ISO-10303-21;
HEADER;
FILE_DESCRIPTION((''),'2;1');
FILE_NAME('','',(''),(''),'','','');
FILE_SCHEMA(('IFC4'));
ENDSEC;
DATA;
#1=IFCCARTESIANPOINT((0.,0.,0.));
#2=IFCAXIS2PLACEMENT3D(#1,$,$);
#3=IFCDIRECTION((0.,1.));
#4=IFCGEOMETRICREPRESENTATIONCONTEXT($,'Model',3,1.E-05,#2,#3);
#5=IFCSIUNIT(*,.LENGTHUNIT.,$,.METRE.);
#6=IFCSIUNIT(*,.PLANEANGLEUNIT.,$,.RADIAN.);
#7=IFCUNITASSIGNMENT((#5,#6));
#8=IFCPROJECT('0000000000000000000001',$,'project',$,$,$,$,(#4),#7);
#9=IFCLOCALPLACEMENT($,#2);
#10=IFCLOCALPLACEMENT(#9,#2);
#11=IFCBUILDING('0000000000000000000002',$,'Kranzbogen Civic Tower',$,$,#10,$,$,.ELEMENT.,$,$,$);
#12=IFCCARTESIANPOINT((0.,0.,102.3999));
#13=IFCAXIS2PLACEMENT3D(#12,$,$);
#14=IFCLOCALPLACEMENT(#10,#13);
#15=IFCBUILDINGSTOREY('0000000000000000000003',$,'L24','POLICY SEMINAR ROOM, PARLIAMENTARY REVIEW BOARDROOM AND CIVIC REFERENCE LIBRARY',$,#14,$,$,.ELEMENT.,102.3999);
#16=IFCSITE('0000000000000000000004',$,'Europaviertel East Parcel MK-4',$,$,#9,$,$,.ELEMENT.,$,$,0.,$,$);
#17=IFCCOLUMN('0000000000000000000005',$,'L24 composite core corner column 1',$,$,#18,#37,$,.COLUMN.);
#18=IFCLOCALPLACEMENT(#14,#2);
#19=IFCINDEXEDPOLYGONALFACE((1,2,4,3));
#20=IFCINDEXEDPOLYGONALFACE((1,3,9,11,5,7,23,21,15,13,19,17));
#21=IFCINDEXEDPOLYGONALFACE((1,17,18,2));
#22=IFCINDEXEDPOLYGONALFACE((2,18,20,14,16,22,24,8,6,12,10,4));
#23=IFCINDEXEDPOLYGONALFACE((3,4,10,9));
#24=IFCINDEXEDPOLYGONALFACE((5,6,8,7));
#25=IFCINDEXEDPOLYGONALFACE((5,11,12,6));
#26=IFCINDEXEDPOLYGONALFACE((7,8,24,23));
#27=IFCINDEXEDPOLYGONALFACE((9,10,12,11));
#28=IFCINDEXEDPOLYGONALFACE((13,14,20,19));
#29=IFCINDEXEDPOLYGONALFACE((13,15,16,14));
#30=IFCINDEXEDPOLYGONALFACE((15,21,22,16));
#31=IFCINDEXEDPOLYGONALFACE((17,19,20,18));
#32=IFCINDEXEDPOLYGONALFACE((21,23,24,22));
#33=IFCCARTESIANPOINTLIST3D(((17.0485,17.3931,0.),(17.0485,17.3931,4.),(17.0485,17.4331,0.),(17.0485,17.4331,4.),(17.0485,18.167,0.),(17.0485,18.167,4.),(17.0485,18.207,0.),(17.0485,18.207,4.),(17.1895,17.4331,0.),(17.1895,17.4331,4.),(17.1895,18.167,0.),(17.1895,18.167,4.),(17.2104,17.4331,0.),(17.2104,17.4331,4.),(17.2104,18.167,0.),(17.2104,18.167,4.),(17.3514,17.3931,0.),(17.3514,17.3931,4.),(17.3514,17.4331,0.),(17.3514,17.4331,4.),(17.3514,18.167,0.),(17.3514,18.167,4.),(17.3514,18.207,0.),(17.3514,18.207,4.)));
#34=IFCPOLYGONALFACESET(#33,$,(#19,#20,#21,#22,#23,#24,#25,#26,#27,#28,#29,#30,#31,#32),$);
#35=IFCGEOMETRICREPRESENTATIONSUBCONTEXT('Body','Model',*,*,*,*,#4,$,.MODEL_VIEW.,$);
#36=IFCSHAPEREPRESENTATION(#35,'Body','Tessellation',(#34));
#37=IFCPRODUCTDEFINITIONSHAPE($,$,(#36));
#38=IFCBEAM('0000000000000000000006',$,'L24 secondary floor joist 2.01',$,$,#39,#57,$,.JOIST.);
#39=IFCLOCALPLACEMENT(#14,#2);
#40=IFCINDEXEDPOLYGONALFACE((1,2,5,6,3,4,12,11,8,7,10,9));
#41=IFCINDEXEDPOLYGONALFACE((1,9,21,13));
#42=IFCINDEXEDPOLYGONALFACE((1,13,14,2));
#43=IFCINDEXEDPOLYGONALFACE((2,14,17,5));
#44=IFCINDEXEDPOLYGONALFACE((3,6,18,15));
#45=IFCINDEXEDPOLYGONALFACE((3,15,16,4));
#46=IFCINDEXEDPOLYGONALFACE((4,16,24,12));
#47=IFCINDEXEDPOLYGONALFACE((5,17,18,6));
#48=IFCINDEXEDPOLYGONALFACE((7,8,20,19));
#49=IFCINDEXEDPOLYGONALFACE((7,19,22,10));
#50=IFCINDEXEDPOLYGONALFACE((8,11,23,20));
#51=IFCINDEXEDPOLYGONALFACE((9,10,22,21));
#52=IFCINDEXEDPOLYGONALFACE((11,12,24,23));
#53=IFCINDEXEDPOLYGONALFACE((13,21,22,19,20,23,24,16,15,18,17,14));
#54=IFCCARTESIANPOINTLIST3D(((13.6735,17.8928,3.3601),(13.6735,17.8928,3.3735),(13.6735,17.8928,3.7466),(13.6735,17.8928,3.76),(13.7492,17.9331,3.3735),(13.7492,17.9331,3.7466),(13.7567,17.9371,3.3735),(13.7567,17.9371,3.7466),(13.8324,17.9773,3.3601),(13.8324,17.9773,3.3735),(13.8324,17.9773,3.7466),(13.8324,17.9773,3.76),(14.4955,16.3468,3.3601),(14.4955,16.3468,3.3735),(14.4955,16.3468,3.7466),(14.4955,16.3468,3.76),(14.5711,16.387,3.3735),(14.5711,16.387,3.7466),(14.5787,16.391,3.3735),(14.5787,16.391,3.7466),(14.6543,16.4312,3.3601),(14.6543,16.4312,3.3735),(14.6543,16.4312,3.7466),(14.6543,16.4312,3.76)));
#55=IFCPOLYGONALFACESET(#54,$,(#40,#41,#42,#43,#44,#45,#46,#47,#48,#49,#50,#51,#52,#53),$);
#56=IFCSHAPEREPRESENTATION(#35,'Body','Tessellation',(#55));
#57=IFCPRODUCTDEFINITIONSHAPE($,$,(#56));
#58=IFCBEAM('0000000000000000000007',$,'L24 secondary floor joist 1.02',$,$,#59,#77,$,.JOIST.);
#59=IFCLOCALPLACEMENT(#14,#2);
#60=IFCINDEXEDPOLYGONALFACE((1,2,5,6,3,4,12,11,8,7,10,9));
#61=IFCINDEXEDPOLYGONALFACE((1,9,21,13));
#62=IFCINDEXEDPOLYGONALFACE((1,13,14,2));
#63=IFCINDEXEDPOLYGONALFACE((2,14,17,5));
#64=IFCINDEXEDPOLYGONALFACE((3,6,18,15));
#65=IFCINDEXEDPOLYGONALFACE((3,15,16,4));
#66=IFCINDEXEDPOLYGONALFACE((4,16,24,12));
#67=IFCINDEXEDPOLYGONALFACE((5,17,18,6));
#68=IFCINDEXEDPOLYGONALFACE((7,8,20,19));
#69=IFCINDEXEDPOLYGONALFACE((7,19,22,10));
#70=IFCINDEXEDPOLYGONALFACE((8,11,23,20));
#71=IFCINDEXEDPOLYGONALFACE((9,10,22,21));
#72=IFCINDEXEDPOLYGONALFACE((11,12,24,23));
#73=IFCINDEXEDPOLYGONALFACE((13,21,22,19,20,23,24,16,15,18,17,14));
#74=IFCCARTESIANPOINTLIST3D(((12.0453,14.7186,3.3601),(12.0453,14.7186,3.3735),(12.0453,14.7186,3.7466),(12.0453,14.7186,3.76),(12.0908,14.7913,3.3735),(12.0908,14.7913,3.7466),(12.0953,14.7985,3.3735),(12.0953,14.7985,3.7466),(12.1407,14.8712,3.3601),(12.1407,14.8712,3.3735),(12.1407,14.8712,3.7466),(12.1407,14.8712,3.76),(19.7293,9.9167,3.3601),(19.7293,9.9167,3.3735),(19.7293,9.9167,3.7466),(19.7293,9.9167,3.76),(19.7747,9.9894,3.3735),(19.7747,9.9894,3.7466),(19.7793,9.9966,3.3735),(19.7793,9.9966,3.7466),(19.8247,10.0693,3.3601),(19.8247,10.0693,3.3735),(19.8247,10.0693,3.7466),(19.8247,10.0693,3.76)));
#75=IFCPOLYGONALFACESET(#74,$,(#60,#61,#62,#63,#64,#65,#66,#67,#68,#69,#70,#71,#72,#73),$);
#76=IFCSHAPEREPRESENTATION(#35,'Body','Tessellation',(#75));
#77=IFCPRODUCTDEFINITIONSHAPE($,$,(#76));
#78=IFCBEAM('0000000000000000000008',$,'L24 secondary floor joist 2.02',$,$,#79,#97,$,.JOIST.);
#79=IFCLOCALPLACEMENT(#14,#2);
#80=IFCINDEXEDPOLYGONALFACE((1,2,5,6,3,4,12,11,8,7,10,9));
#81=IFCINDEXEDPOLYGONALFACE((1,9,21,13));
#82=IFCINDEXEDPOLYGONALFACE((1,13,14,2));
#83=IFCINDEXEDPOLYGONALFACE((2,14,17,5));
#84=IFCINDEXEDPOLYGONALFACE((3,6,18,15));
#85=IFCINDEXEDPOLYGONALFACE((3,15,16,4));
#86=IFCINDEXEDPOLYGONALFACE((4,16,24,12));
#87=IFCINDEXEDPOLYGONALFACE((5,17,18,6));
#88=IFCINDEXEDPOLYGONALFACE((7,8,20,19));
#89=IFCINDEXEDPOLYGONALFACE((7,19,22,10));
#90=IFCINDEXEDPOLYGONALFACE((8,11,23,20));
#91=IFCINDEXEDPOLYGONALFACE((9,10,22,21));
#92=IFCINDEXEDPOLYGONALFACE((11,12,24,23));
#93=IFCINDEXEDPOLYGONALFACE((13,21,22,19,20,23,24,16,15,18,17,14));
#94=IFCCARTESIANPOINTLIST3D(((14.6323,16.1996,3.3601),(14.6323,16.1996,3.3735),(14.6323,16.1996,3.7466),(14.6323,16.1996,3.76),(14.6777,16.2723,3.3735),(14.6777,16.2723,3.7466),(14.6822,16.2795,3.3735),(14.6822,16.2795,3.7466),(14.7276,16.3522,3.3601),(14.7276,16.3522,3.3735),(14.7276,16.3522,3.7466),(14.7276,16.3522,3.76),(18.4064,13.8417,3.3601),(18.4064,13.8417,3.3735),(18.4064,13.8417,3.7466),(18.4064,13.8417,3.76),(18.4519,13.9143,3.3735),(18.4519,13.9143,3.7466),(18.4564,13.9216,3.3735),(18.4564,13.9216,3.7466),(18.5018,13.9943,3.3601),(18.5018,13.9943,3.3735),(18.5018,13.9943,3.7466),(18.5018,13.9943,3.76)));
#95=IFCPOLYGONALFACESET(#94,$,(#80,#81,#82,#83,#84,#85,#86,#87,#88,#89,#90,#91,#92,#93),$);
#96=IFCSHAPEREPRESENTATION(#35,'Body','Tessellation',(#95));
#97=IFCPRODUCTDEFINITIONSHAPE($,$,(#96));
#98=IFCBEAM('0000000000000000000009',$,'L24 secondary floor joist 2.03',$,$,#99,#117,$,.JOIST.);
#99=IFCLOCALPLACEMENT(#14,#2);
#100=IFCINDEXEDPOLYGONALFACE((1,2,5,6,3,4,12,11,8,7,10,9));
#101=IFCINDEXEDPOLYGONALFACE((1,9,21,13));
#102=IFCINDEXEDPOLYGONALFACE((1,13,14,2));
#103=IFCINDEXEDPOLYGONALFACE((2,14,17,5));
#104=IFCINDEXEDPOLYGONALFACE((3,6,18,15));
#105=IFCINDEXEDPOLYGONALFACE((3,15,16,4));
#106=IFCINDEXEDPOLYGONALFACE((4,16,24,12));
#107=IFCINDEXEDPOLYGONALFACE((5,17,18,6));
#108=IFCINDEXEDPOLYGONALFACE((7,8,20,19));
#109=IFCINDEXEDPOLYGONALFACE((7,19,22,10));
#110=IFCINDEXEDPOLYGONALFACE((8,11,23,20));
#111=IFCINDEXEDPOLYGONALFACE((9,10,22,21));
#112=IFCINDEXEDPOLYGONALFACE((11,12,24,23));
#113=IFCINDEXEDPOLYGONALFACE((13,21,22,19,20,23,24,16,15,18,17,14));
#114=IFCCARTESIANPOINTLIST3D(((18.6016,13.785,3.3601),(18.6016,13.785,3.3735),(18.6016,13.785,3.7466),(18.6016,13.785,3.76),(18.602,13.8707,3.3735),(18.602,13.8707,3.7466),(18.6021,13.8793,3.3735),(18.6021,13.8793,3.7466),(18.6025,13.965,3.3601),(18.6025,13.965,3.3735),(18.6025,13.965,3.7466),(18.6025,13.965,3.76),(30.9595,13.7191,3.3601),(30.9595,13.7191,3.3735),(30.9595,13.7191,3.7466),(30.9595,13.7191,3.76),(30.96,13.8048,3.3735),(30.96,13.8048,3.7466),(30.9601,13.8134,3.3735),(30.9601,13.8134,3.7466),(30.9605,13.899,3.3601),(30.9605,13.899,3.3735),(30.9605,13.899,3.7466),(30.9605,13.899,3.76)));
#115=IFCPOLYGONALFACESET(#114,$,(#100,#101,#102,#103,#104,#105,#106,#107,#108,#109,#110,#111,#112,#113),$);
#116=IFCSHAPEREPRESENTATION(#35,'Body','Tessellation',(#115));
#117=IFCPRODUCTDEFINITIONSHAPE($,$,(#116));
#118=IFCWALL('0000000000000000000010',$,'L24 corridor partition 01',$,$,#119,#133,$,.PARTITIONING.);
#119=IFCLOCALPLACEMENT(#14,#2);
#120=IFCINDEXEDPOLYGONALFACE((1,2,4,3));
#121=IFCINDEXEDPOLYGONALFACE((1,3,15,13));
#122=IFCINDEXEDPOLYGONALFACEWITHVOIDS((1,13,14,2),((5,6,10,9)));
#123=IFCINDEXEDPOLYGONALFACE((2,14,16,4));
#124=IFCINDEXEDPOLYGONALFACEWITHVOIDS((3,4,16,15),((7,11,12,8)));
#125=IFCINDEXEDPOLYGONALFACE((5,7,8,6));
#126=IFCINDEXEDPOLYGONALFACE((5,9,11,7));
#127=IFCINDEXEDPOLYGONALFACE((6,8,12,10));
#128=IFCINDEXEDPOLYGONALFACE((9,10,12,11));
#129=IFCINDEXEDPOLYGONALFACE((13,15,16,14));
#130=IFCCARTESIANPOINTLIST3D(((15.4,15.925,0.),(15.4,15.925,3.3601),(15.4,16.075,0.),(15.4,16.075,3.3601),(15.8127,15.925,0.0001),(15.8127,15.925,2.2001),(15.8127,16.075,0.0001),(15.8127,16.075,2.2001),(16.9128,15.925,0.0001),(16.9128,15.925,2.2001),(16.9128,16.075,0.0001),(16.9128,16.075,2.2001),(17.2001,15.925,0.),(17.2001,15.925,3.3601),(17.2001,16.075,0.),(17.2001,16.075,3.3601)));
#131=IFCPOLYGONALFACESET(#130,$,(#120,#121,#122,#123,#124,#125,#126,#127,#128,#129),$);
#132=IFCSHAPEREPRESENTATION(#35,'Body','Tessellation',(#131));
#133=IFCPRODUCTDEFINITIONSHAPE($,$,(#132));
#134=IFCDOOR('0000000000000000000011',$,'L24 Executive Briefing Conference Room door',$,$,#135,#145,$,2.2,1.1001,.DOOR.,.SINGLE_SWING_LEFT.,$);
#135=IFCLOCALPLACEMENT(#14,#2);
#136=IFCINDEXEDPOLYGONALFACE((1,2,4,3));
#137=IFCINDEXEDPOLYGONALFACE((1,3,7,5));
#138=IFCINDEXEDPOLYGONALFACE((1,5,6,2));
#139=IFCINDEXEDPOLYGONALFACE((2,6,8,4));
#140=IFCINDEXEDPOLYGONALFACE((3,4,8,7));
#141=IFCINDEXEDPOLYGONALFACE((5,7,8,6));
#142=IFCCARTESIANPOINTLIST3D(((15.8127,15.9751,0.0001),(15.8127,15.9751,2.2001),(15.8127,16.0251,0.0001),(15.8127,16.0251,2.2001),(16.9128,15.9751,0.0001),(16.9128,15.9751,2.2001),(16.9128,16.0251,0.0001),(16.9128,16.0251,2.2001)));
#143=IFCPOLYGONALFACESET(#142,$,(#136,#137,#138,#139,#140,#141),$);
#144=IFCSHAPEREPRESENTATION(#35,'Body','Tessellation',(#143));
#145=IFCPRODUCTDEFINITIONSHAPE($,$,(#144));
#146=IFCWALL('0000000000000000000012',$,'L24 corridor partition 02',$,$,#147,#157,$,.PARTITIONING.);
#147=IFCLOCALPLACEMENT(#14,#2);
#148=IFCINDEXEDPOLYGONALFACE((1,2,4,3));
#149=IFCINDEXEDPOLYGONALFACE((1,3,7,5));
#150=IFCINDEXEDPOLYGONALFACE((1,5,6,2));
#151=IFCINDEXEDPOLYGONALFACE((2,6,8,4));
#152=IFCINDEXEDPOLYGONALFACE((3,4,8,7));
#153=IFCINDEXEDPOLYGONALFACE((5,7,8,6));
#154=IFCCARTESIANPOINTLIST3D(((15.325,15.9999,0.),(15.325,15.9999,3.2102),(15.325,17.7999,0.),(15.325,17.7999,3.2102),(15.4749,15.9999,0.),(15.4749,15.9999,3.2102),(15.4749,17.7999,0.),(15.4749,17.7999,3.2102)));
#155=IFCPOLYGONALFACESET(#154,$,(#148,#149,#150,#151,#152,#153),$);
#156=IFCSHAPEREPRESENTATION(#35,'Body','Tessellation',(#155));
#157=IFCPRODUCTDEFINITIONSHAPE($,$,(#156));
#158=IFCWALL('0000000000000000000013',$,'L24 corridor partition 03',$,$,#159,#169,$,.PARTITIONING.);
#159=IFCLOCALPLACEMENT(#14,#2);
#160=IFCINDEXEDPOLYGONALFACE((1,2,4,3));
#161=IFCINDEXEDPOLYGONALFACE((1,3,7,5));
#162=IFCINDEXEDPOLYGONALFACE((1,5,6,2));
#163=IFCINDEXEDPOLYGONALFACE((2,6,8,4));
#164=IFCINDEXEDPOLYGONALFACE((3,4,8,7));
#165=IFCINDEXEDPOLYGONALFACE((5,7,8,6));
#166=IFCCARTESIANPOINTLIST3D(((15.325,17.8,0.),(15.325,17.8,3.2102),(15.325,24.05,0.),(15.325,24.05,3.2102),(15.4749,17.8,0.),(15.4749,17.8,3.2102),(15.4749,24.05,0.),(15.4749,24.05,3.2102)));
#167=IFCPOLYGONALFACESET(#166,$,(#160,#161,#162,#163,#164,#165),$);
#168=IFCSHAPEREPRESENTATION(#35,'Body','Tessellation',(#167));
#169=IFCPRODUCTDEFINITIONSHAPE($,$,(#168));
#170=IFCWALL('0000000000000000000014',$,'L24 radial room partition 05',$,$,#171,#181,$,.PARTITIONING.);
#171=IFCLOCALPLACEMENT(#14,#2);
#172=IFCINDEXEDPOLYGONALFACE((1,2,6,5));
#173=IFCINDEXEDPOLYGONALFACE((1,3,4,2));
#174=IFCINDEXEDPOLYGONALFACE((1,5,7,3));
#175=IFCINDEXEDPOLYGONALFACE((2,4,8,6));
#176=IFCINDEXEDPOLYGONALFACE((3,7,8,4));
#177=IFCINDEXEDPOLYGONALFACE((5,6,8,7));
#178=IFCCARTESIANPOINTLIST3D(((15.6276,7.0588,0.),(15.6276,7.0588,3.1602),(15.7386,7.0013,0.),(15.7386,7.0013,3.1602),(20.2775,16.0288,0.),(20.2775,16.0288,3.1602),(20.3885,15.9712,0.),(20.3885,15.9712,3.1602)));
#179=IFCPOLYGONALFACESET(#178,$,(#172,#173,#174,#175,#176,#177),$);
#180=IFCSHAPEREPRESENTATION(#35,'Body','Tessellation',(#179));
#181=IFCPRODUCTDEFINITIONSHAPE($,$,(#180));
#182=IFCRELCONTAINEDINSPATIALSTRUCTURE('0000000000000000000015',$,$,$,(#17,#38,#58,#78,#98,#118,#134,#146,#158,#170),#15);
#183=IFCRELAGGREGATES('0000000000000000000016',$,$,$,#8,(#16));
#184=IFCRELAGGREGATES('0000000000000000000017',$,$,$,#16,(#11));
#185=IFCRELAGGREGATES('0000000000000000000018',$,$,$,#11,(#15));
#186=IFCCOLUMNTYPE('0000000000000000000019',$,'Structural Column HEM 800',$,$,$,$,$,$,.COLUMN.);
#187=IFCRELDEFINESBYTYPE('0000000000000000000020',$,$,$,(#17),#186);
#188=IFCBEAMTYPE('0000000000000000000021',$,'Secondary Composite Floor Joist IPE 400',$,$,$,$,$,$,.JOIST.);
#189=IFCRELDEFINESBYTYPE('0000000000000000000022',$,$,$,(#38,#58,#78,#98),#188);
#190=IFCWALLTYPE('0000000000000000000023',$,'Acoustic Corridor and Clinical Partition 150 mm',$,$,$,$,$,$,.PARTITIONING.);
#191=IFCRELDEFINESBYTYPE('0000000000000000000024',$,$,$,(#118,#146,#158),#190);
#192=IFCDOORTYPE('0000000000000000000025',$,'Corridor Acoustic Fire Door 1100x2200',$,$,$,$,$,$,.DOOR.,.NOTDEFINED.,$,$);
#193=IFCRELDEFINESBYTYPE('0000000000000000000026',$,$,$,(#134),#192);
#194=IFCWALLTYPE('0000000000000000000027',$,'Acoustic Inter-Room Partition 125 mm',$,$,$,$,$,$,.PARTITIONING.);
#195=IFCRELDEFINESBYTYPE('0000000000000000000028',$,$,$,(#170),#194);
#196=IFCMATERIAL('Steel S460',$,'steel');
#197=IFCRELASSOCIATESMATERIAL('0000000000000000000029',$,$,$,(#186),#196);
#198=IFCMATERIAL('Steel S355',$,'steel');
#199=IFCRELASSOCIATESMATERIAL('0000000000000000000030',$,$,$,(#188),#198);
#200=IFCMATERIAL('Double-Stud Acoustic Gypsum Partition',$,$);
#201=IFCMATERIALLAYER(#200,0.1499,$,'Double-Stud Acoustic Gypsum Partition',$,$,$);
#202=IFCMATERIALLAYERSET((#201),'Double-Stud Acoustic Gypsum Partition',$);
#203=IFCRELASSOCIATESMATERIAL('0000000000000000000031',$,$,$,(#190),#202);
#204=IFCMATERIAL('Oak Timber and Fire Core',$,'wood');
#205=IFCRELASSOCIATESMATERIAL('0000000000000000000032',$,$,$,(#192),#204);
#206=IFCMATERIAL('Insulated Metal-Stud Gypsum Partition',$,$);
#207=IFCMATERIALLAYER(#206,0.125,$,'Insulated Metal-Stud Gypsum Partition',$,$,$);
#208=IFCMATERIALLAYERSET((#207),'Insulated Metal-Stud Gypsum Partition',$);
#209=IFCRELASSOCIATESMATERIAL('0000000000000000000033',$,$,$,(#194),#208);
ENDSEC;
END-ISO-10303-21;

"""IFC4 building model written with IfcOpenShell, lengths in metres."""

from ifc_helpers import new_model, si_unit, direction, frame, frame_2d, origin, origin_2d, place, context, subcontext, project, spatial, rectangle, i_section, extrude, material, layer, layer_set, material_profile, profile_set, type_object, element, fill, save


model = new_model("IFC4")

# Units and contexts
model_context = context("Model", 3, precision=1e-05, world=origin(), true_north=direction((0.0, 1.0)))
body_context = subcontext(model_context, "Body", "Model", "MODEL_VIEW")
ifc_project = project(units=[si_unit("LENGTHUNIT", "METRE"), si_unit("PLANEANGLEUNIT", "RADIAN")], contexts=[model_context])

# Site, building, storey
site_placement = place(None, origin())
site = spatial("IfcSite", under=ifc_project, at=site_placement, Name="Europaviertel East Parcel MK-4", CompositionType="ELEMENT", RefElevation=0.0)
building_placement = place(site_placement, origin())
building = spatial("IfcBuilding", under=site, at=building_placement, Name="Kranzbogen Civic Tower", CompositionType="ELEMENT")
storey_placement = place(building_placement, frame((0.0, 0.0, 102.3999)))
storey = spatial("IfcBuildingStorey", under=building, at=storey_placement, Name="L24", Description="POLICY SEMINAR ROOM, PARLIAMENTARY REVIEW BOARDROOM AND CIVIC REFERENCE LIBRARY", CompositionType="ELEMENT", Elevation=102.3999)

# Column
ifc_material_1 = material(Name="Steel S460", Category="steel")
ifc_material_profile_1 = material_profile(ifc_material_1, i_section(OverallWidth=0.303, OverallDepth=0.814, WebThickness=0.021, FlangeThickness=0.04, at=origin_2d()), Name="HEM 800")
ifc_profile_set_1 = profile_set([ifc_material_profile_1], Name="Steel S460")
column_type = type_object("IfcColumnType", Name="Structural Column HEM 800", PredefinedType="COLUMN", material=ifc_profile_set_1)
column_placement = place(storey_placement, frame((17.2, 17.8, 0.0), z_axis=(0.0, 0.0, 1.0), x_axis=(1.0, 0.0, 0.0)))
element("IfcColumn", 1, at=column_placement, inside=storey, type_object=column_type, Name="L24 composite core corner column 1", PredefinedType="COLUMN", context=body_context, shape_type="SweptSolid", body=[
    extrude(i_section(OverallWidth=0.303, OverallDepth=0.814, WebThickness=0.021, FlangeThickness=0.04, at=origin_2d()), origin(), (0.0, 0.0, 1.0), 4.0),
])

# Beams
ifc_material_2 = material(Name="Steel S355", Category="steel")
ifc_material_profile_2 = material_profile(ifc_material_2, i_section(OverallWidth=0.1799, OverallDepth=0.3999, WebThickness=0.0085, FlangeThickness=0.0134, at=origin_2d()), Name="IPE 400")
ifc_profile_set_2 = profile_set([ifc_material_profile_2], Name="Steel S355")
beam_type = type_object("IfcBeamType", Name="Secondary Composite Floor Joist IPE 400", PredefinedType="JOIST", material=ifc_profile_set_2)
beam_1_placement = place(storey_placement, frame((13.7529, 17.9351, 3.5601), z_axis=(0.469437, -0.882966, 0.0), x_axis=(0.882966, 0.469437, 0.0)))
element("IfcBeam", 2, at=beam_1_placement, inside=storey, type_object=beam_type, Name="L24 secondary floor joist 2.01", PredefinedType="JOIST", context=body_context, shape_type="SweptSolid", body=[
    extrude(i_section(OverallWidth=0.1799, OverallDepth=0.3999, WebThickness=0.0085, FlangeThickness=0.0134, at=origin_2d()), origin(), (0.0, 0.0, 1.0), 1.751),
])
beam_2_placement = place(storey_placement, frame((12.093, 14.7949, 3.5601), z_axis=(0.848026, -0.529955, 0.0), x_axis=(0.529955, 0.848026, 0.0)))
element("IfcBeam", 3, at=beam_2_placement, inside=storey, type_object=beam_type, Name="L24 secondary floor joist 1.02", PredefinedType="JOIST", context=body_context, shape_type="SweptSolid", body=[
    extrude(i_section(OverallWidth=0.1799, OverallDepth=0.3999, WebThickness=0.0085, FlangeThickness=0.0134, at=origin_2d()), origin(), (0.0, 0.0, 1.0), 9.061),
])
beam_3_placement = place(storey_placement, frame((14.6799, 16.2759, 3.5601), z_axis=(0.848094, -0.529846, 0.0), x_axis=(0.529846, 0.848094, 0.0)))
element("IfcBeam", 4, at=beam_3_placement, inside=storey, type_object=beam_type, Name="L24 secondary floor joist 2.02", PredefinedType="JOIST", context=body_context, shape_type="SweptSolid", body=[
    extrude(i_section(OverallWidth=0.1799, OverallDepth=0.3999, WebThickness=0.0085, FlangeThickness=0.0134, at=origin_2d()), origin(), (0.0, 0.0, 1.0), 4.4502),
])
beam_4_placement = place(storey_placement, frame((18.6021, 13.875, 3.5601), z_axis=(0.999986, -0.005334, 0.0), x_axis=(0.005334, 0.999986, 0.0)))
element("IfcBeam", 5, at=beam_4_placement, inside=storey, type_object=beam_type, Name="L24 secondary floor joist 2.03", PredefinedType="JOIST", context=body_context, shape_type="SweptSolid", body=[
    extrude(i_section(OverallWidth=0.1799, OverallDepth=0.3999, WebThickness=0.0085, FlangeThickness=0.0134, at=origin_2d()), origin(), (0.0, 0.0, 1.0), 12.3582),
])

# Wall, opening, door
ifc_material_3 = material(Name="Double-Stud Acoustic Gypsum Partition")
ifc_layer_1 = layer(ifc_material_3, 0.1499, Name="Double-Stud Acoustic Gypsum Partition")
ifc_layer_set_1 = layer_set([ifc_layer_1], Name="Double-Stud Acoustic Gypsum Partition")
wall_type_1 = type_object("IfcWallType", Name="Acoustic Corridor and Clinical Partition 150 mm", PredefinedType="PARTITIONING", material=ifc_layer_set_1)
wall_1_placement = place(storey_placement, frame((17.2, 16.0, 0.0), z_axis=(0.0, 0.0, 1.0), x_axis=(-1.0, 0.0, 0.0)))
wall_1 = element("IfcWall", 6, at=wall_1_placement, inside=storey, type_object=wall_type_1, Name="L24 corridor partition 01", PredefinedType="PARTITIONING", context=body_context, shape_type="SweptSolid", body=[
    extrude(rectangle(XDim=1.8, YDim=0.1499, at=frame_2d((0.8999, 0.0))), origin(), (0.0, 0.0, 1.0), 3.3601),
])
opening_1_placement = place(wall_1_placement, frame((0.2871, 0.0, 0.0)))
opening_1 = element("IfcOpeningElement", 7, at=opening_1_placement, cuts=wall_1, PredefinedType="OPENING", context=body_context, shape_type="SweptSolid", body=[
    extrude(rectangle(XDim=1.1001, YDim=2.2, at=frame_2d((0.55, 1.1001))), frame((0.0, 0.085, 0.0), z_axis=(0.0, -1.0, 0.0), x_axis=(1.0, 0.0, 0.0)), (0.0, 0.0, 1.0), 0.1699),
])
ifc_material_4 = material(Name="Oak Timber and Fire Core", Category="wood")
door_type_1 = type_object("IfcDoorType", Name="Corridor Acoustic Fire Door 1100x2200", OperationType="NOTDEFINED", PredefinedType="DOOR", material=ifc_material_4)
door_1_placement = place(opening_1_placement, origin())
door_1 = element("IfcDoor", 8, at=door_1_placement, inside=storey, type_object=door_type_1, Name="L24 Executive Briefing Conference Room door", OperationType="SINGLE_SWING_LEFT", OverallHeight=2.2, OverallWidth=1.1001, PredefinedType="DOOR", context=body_context, shape_type="SweptSolid", body=[
    extrude(rectangle(XDim=1.1001, YDim=2.2, at=frame_2d((0.55, 1.1001))), frame((0.0, 0.0249, 0.0), z_axis=(0.0, -1.0, 0.0), x_axis=(1.0, 0.0, 0.0)), (0.0, 0.0, 1.0), 0.05),
])
fill(opening_1, door_1)

# Walls
wall_2_placement = place(storey_placement, frame((15.3999, 16.0, 0.0), z_axis=(0.0, 0.0, 1.0), x_axis=(0.0, 1.0, 0.0)))
element("IfcWall", 9, at=wall_2_placement, inside=storey, type_object=wall_type_1, Name="L24 corridor partition 02", PredefinedType="PARTITIONING", context=body_context, shape_type="SweptSolid", body=[
    extrude(rectangle(XDim=1.8, YDim=0.1499, at=frame_2d((0.8999, 0.0))), origin(), (0.0, 0.0, 1.0), 3.2102),
])
wall_3_placement = place(storey_placement, frame((15.3999, 17.8, 0.0), z_axis=(0.0, 0.0, 1.0), x_axis=(0.0, 1.0, 0.0)))
element("IfcWall", 10, at=wall_3_placement, inside=storey, type_object=wall_type_1, Name="L24 corridor partition 03", PredefinedType="PARTITIONING", context=body_context, shape_type="SweptSolid", body=[
    extrude(rectangle(XDim=6.25, YDim=0.1499, at=frame_2d((3.125, 0.0))), origin(), (0.0, 0.0, 1.0), 3.2102),
])
ifc_material_5 = material(Name="Insulated Metal-Stud Gypsum Partition")
ifc_layer_2 = layer(ifc_material_5, 0.125, Name="Insulated Metal-Stud Gypsum Partition")
ifc_layer_set_2 = layer_set([ifc_layer_2], Name="Insulated Metal-Stud Gypsum Partition")
wall_type_2 = type_object("IfcWallType", Name="Acoustic Inter-Room Partition 125 mm", PredefinedType="PARTITIONING", material=ifc_layer_set_2)
wall_4_placement = place(storey_placement, frame((20.333, 16.0, 0.0), z_axis=(0.0, 0.0, 1.0), x_axis=(-0.460224, -0.887803, 0.0)))
element("IfcWall", 11, at=wall_4_placement, inside=storey, type_object=wall_type_2, Name="L24 radial room partition 05", PredefinedType="PARTITIONING", context=body_context, shape_type="SweptSolid", body=[
    extrude(rectangle(XDim=10.1035, YDim=0.125, at=frame_2d((5.0518, 0.0))), origin(), (0.0, 0.0, 1.0), 3.1602),
])

save(model, "model.ifc")
